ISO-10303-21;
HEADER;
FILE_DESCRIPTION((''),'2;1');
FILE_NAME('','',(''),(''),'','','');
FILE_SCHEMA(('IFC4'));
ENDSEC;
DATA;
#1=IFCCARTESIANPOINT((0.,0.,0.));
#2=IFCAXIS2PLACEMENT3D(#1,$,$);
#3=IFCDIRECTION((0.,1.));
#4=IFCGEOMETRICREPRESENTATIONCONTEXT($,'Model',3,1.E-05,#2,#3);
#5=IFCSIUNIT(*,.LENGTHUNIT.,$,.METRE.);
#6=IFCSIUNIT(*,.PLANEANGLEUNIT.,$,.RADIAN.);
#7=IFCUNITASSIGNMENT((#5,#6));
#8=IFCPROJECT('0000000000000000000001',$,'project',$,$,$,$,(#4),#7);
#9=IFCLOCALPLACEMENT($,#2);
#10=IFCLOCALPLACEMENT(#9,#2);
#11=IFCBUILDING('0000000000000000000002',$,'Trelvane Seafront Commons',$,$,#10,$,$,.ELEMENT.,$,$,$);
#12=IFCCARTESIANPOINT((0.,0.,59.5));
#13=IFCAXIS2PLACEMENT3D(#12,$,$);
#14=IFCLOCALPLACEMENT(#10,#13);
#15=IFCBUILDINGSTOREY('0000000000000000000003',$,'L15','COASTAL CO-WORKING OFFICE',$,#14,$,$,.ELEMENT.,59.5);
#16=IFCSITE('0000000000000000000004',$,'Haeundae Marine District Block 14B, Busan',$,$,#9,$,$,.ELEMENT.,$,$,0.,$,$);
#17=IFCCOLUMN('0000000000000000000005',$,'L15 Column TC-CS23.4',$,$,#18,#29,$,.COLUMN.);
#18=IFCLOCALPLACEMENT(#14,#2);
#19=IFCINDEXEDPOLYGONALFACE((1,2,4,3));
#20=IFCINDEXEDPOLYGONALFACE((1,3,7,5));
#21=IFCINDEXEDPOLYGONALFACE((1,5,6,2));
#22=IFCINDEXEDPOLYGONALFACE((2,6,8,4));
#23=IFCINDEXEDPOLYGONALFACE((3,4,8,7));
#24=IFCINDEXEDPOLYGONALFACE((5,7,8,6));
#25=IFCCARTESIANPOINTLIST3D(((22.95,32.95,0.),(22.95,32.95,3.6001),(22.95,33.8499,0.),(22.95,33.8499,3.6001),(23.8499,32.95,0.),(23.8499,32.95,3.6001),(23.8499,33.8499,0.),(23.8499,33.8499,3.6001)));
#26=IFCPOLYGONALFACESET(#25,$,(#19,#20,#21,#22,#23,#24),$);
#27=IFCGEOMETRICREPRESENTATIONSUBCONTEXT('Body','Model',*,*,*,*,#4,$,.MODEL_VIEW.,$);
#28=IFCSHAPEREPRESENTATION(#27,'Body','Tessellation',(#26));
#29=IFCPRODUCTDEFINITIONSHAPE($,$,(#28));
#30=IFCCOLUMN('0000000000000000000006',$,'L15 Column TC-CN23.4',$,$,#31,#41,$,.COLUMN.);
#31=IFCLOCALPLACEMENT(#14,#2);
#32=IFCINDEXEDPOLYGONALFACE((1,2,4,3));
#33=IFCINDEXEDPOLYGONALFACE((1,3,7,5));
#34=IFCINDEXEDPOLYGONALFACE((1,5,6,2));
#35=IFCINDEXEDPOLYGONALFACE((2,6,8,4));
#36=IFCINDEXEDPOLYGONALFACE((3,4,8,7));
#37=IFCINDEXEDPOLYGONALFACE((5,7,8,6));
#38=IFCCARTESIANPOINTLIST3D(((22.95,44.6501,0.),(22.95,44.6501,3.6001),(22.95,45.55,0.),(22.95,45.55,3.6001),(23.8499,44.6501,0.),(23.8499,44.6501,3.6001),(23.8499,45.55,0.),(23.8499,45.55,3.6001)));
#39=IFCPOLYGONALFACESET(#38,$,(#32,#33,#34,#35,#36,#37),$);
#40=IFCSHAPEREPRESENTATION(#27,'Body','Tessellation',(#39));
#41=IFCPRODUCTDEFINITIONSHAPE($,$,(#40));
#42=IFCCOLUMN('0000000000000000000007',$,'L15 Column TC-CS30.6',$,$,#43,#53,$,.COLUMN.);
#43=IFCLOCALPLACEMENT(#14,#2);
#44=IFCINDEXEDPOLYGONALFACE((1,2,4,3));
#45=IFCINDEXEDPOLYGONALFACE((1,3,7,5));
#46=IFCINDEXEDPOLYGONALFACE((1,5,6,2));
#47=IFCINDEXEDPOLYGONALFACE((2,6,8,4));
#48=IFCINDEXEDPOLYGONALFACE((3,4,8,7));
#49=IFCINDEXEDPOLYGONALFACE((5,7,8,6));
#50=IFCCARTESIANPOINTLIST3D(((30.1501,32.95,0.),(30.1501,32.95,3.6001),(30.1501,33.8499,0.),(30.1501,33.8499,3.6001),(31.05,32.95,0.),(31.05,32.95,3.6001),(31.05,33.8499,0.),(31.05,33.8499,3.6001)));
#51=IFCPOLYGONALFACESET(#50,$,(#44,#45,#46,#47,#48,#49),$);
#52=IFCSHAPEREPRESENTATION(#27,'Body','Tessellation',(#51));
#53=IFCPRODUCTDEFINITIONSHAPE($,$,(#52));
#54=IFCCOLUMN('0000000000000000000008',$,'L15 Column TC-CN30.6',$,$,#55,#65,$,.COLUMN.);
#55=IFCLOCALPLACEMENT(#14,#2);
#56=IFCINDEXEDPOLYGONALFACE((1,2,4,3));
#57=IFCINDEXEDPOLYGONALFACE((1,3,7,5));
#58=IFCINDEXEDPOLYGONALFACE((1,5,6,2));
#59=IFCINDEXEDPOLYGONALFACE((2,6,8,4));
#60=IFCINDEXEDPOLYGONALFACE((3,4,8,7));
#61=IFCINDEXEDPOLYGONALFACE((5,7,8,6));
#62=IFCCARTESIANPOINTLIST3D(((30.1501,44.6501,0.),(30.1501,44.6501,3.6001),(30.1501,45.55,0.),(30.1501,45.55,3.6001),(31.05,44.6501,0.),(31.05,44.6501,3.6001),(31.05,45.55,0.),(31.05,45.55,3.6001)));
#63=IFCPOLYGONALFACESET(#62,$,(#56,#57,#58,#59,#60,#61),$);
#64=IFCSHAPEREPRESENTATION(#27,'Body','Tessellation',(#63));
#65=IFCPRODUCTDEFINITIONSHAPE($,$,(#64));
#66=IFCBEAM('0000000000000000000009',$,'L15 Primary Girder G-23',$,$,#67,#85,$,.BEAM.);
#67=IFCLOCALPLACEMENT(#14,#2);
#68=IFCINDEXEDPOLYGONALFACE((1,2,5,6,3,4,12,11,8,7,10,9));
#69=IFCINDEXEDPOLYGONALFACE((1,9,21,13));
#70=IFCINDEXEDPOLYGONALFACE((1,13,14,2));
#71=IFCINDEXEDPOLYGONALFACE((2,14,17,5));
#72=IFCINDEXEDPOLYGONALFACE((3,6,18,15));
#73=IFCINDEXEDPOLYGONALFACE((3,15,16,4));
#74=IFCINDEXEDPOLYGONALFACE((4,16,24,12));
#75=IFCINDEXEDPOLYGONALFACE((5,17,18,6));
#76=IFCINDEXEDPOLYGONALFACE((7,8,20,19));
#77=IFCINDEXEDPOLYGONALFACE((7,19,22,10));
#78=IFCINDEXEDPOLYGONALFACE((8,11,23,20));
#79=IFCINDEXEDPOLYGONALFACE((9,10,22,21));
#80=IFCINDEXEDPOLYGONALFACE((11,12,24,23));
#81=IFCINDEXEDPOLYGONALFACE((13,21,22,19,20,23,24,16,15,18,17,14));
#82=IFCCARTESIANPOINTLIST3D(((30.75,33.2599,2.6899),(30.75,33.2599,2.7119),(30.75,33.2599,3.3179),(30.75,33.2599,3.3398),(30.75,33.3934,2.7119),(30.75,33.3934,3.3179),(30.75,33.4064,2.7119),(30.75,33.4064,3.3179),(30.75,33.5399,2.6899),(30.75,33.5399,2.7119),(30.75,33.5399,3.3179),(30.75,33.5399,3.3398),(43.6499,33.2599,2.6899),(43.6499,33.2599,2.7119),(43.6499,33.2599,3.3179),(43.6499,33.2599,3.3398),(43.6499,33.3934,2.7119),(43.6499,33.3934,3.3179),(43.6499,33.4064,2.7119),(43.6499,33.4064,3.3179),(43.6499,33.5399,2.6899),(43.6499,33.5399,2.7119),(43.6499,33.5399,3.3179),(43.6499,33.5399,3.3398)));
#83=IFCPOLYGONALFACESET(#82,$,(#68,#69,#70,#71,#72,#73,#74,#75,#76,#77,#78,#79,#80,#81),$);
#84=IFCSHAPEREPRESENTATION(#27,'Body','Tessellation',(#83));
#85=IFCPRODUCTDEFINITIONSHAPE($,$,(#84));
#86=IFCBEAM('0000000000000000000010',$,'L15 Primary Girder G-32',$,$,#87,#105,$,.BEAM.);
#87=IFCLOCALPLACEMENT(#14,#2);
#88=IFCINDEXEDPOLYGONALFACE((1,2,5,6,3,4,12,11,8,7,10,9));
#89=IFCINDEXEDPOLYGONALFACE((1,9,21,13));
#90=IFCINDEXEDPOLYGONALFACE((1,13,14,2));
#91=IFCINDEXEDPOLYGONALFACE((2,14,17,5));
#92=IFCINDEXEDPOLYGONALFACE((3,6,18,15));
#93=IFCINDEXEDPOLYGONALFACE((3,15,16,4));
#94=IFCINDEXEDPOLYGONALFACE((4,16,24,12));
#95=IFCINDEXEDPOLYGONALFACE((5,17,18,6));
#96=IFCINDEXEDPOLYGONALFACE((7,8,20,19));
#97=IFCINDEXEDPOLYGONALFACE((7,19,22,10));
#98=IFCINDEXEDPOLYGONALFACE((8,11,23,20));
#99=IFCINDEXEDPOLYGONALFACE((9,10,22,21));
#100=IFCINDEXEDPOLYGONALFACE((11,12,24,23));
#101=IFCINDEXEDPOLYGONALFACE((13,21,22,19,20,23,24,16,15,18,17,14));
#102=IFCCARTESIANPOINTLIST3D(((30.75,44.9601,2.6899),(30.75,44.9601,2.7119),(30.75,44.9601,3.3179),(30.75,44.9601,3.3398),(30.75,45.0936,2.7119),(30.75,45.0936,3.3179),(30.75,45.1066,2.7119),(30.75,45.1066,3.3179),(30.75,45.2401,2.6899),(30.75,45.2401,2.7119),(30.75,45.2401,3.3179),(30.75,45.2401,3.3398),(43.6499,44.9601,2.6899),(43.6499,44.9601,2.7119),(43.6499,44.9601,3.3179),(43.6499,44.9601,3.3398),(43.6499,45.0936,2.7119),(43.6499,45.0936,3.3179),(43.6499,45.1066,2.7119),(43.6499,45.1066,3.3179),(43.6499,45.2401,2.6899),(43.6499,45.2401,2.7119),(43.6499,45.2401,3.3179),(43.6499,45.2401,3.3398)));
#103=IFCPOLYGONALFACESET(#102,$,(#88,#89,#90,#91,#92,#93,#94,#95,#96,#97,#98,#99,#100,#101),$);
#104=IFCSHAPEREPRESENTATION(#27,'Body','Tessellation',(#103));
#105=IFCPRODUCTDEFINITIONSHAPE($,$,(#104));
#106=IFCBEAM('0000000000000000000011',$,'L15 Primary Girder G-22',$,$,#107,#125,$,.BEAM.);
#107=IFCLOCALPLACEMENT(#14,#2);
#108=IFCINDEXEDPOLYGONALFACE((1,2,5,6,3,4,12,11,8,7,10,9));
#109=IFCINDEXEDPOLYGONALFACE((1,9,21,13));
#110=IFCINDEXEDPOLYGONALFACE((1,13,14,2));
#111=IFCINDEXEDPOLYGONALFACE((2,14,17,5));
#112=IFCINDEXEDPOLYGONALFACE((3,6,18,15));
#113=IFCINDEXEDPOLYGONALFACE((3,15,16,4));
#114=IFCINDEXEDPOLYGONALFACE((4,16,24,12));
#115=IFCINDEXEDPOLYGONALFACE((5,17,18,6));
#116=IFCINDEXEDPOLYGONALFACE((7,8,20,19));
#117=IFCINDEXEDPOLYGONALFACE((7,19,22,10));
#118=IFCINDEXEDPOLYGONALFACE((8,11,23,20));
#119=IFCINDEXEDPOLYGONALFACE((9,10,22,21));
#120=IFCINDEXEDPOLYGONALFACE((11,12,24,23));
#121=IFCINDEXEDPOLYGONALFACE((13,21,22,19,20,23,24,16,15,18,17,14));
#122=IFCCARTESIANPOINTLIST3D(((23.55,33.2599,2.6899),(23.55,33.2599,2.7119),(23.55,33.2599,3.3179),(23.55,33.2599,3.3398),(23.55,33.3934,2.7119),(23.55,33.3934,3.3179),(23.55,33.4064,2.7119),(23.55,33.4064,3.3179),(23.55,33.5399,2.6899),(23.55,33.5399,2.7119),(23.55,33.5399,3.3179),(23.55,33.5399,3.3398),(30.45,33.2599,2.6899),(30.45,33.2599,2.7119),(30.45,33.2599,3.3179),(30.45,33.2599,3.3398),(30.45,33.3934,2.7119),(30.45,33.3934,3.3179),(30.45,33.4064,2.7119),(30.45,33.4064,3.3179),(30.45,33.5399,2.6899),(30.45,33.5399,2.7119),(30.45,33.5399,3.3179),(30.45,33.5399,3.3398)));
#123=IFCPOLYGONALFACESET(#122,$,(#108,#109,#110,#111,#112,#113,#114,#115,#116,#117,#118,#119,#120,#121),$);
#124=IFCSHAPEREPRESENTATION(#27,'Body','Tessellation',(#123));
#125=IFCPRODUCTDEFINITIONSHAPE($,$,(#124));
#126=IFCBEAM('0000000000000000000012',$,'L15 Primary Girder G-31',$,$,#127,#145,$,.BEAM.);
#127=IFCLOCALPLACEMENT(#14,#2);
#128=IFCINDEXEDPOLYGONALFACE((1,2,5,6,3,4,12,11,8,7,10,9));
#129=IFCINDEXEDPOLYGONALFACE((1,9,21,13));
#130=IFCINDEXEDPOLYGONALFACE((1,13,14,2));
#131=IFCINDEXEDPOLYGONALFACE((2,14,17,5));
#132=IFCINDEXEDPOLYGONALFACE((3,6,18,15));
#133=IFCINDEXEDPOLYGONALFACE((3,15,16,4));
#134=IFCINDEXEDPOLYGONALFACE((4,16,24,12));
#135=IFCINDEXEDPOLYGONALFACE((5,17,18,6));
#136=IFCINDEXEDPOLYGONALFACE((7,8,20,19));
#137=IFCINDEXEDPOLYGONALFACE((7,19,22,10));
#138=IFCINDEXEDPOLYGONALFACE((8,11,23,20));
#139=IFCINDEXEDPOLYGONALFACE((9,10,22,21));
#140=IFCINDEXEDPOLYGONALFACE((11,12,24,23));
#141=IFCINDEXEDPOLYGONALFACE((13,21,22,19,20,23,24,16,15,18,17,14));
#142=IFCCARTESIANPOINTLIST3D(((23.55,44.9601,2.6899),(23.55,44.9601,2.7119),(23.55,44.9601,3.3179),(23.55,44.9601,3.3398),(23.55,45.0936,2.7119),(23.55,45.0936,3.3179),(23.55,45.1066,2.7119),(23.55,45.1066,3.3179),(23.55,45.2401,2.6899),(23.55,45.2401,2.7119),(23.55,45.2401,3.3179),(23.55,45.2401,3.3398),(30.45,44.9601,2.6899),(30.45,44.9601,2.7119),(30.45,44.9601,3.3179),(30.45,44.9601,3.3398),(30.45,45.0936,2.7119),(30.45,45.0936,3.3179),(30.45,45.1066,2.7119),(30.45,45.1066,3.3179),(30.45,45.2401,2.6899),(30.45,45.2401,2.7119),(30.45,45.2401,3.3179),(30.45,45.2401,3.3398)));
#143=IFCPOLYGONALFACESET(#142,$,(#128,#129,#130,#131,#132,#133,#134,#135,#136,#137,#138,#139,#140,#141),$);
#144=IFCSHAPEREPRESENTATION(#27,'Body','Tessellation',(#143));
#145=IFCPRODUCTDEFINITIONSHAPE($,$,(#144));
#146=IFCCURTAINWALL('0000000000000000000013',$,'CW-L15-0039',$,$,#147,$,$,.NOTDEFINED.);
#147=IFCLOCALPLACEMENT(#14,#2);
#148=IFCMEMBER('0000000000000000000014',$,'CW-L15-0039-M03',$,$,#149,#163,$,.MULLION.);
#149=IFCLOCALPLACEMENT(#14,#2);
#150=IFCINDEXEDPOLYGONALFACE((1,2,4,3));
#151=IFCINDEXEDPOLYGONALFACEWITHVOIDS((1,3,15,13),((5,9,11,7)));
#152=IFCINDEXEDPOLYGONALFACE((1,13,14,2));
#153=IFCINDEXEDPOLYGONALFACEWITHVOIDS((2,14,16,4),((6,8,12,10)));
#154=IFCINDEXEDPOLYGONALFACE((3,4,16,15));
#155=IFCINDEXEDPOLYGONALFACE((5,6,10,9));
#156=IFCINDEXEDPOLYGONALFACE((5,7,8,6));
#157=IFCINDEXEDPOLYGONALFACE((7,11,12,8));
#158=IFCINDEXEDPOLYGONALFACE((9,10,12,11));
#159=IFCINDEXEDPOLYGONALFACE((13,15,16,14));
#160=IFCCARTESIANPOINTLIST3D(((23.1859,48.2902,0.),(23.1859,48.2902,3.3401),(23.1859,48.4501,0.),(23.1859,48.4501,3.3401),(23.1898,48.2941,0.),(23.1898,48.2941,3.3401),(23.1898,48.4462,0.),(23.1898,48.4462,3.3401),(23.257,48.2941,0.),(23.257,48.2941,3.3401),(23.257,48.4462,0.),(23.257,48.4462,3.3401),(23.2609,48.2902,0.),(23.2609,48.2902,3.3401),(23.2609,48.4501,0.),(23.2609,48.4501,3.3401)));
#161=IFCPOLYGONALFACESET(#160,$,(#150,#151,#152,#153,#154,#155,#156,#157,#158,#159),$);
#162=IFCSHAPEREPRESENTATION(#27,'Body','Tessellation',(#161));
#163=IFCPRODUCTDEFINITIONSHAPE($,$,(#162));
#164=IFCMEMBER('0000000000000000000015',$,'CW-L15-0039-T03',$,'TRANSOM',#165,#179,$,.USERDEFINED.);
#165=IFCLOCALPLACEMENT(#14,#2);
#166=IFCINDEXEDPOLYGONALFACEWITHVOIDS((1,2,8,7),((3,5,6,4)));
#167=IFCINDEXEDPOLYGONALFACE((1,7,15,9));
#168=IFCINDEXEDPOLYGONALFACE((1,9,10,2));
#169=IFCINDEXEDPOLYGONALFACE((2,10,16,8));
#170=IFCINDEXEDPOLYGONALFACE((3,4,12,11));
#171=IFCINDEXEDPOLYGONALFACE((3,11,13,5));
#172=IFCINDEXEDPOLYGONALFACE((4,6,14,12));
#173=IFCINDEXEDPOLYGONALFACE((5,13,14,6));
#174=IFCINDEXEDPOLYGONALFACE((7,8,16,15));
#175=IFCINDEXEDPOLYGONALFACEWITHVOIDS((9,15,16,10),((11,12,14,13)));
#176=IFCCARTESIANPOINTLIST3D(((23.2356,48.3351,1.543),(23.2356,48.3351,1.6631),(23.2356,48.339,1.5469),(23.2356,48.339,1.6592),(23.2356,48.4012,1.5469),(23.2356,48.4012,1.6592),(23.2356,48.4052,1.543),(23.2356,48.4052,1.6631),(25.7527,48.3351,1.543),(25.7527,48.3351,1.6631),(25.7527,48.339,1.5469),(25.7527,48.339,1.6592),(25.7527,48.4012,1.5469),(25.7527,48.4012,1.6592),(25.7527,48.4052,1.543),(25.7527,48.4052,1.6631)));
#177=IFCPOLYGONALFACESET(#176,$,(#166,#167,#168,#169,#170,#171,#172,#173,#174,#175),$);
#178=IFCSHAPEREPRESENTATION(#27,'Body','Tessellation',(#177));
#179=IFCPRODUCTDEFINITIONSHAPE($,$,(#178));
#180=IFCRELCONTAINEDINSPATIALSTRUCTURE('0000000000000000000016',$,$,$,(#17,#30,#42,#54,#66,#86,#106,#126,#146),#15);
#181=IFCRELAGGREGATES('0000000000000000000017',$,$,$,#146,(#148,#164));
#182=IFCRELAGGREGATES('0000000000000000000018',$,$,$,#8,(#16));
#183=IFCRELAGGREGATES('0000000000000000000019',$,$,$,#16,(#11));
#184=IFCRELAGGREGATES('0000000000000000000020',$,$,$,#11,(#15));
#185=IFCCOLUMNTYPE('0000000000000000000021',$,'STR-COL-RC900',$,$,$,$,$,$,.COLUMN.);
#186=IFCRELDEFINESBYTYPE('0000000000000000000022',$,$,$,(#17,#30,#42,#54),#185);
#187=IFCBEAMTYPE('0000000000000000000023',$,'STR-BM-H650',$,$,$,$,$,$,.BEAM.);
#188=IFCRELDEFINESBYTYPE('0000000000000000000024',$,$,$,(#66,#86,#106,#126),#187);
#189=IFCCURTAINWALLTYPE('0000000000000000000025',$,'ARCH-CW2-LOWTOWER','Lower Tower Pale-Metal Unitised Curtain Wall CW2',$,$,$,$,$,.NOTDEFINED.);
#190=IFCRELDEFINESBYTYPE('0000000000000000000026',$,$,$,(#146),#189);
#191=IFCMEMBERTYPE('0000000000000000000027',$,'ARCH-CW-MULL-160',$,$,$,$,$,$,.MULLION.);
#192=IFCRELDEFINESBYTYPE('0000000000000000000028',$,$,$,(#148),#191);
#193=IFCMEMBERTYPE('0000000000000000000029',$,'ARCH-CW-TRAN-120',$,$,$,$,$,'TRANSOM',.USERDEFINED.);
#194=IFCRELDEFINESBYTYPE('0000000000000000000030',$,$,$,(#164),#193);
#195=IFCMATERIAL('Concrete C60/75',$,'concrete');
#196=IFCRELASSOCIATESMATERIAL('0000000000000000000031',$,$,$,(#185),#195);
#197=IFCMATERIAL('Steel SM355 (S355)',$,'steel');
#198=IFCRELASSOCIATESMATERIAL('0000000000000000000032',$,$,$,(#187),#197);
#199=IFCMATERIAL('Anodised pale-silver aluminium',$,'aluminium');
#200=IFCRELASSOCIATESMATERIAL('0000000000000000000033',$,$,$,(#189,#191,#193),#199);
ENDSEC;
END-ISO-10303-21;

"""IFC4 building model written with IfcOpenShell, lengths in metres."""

from ifc_helpers import new_model, si_unit, direction, frame, origin, origin_2d, place, context, subcontext, project, spatial, rectangle, hollow_rectangle, i_section, extrude, source, transform, mapped, material, material_profile, profile_set, type_object, element, aggregate, save


model = new_model("IFC4")

# Units and contexts
model_context = context("Model", 3, precision=1e-05, world=origin(), true_north=direction((0.0, 1.0)))
body_context = subcontext(model_context, "Body", "Model", "MODEL_VIEW")
ifc_project = project(units=[si_unit("LENGTHUNIT", "METRE"), si_unit("PLANEANGLEUNIT", "RADIAN")], contexts=[model_context])

# Site, building, storey
site_placement = place(None, origin())
site = spatial("IfcSite", under=ifc_project, at=site_placement, Name="Haeundae Marine District Block 14B, Busan", CompositionType="ELEMENT", RefElevation=0.0)
building_placement = place(site_placement, origin())
building = spatial("IfcBuilding", under=site, at=building_placement, Name="Trelvane Seafront Commons", CompositionType="ELEMENT")
storey_placement = place(building_placement, frame((0.0, 0.0, 59.5)))
storey = spatial("IfcBuildingStorey", under=building, at=storey_placement, Name="L15", Description="COASTAL CO-WORKING OFFICE", CompositionType="ELEMENT", Elevation=59.5)

# Columns
ifc_material_1 = material(Name="Concrete C60/75", Category="concrete")
ifc_material_profile_1 = material_profile(ifc_material_1, rectangle(XDim=0.8999, YDim=0.8999, at=origin_2d()), Name="RC-900x900")
ifc_profile_set_1 = profile_set([ifc_material_profile_1], Name="Concrete C60/75")
column_type = type_object("IfcColumnType", Name="STR-COL-RC900", PredefinedType="COLUMN", material=ifc_profile_set_1)
shared_shape_1 = source(origin(), body_context, "Body", "SweptSolid", [
    extrude(rectangle(XDim=0.8999, YDim=0.8999, at=origin_2d()), origin(), (0.0, 0.0, 1.0), 3.6001),
])
for number, where, z_axis, x_axis, name in (
    (1, (23.3999, 33.3999, 0.0), (0.0, 0.0, 1.0), (1.0, 0.0, 0.0), "L15 Column TC-CS23.4"),
    (2, (23.3999, 45.1001, 0.0), (0.0, 0.0, 1.0), (1.0, 0.0, 0.0), "L15 Column TC-CN23.4"),
    (3, (30.6001, 33.3999, 0.0), (0.0, 0.0, 1.0), (1.0, 0.0, 0.0), "L15 Column TC-CS30.6"),
    (4, (30.6001, 45.1001, 0.0), (0.0, 0.0, 1.0), (1.0, 0.0, 0.0), "L15 Column TC-CN30.6"),
):
    element("IfcColumn", number, at=place(storey_placement, frame(where, z_axis=z_axis, x_axis=x_axis)), inside=storey, type_object=column_type, Name=name, PredefinedType="COLUMN", context=body_context, shape_type="MappedRepresentation", body=[
        mapped(shared_shape_1, transform((0.0, 0.0, 0.0), x_axis=(1.0, 0.0, 0.0), y_axis=(0.0, 1.0, 0.0), z_axis=(0.0, 0.0, 1.0), scale=1.0)),
    ])

# Beams
ifc_material_2 = material(Name="Steel SM355 (S355)", Category="steel")
ifc_material_profile_2 = material_profile(ifc_material_2, i_section(OverallWidth=0.28, OverallDepth=0.6499, WebThickness=0.0129, FlangeThickness=0.022, at=origin_2d()), Name="H-650x280x13x22")
ifc_profile_set_2 = profile_set([ifc_material_profile_2], Name="Steel SM355 (S355)")
beam_type = type_object("IfcBeamType", Name="STR-BM-H650", PredefinedType="BEAM", material=ifc_profile_set_2)
shared_shape_2 = source(origin(), body_context, "Body", "SweptSolid", [
    extrude(i_section(OverallWidth=0.28, OverallDepth=0.6499, WebThickness=0.0129, FlangeThickness=0.022, at=origin_2d()), origin(), (0.0, 0.0, 1.0), 12.8999),
])
for number, where, z_axis, x_axis, name in (
    (5, (30.75, 33.3999, 3.0149), (1.0, 0.0, 0.0), (0.0, 1.0, 0.0), "L15 Primary Girder G-23"),
    (6, (30.75, 45.1001, 3.0149), (1.0, 0.0, 0.0), (0.0, 1.0, 0.0), "L15 Primary Girder G-32"),
):
    element("IfcBeam", number, at=place(storey_placement, frame(where, z_axis=z_axis, x_axis=x_axis)), inside=storey, type_object=beam_type, Name=name, PredefinedType="BEAM", context=body_context, shape_type="MappedRepresentation", body=[
        mapped(shared_shape_2, transform((0.0, 0.0, 0.0), x_axis=(1.0, 0.0, 0.0), y_axis=(0.0, 1.0, 0.0), z_axis=(0.0, 0.0, 1.0), scale=1.0)),
    ])
shared_shape_3 = source(origin(), body_context, "Body", "SweptSolid", [
    extrude(i_section(OverallWidth=0.28, OverallDepth=0.6499, WebThickness=0.0129, FlangeThickness=0.022, at=origin_2d()), origin(), (0.0, 0.0, 1.0), 6.8999),
])
for number, where, z_axis, x_axis, name in (
    (7, (23.55, 33.3999, 3.0149), (1.0, 0.0, 0.0), (0.0, 1.0, 0.0), "L15 Primary Girder G-22"),
    (8, (23.55, 45.1001, 3.0149), (1.0, 0.0, 0.0), (0.0, 1.0, 0.0), "L15 Primary Girder G-31"),
):
    element("IfcBeam", number, at=place(storey_placement, frame(where, z_axis=z_axis, x_axis=x_axis)), inside=storey, type_object=beam_type, Name=name, PredefinedType="BEAM", context=body_context, shape_type="MappedRepresentation", body=[
        mapped(shared_shape_3, transform((0.0, 0.0, 0.0), x_axis=(1.0, 0.0, 0.0), y_axis=(0.0, 1.0, 0.0), z_axis=(0.0, 0.0, 1.0), scale=1.0)),
    ])

# Curtain wall, members
ifc_material_3 = material(Name="Anodised pale-silver aluminium", Category="aluminium")
curtain_wall_type = type_object("IfcCurtainWallType", Name="ARCH-CW2-LOWTOWER", Description="Lower Tower Pale-Metal Unitised Curtain Wall CW2", PredefinedType="NOTDEFINED", material=ifc_material_3)
curtain_wall_placement = place(storey_placement, origin())
curtain_wall = element("IfcCurtainWall", 9, at=curtain_wall_placement, inside=storey, type_object=curtain_wall_type, Name="CW-L15-0039", PredefinedType="NOTDEFINED")
ifc_material_profile_3 = material_profile(ifc_material_3, hollow_rectangle(XDim=0.075, YDim=0.1599, WallThickness=0.0039, at=origin_2d()), Name="MULL-75x160x4")
ifc_profile_set_3 = profile_set([ifc_material_profile_3], Name="Anodised pale-silver aluminium")
member_type_1 = type_object("IfcMemberType", Name="ARCH-CW-MULL-160", PredefinedType="MULLION", material=ifc_profile_set_3)
shared_shape_4 = source(origin(), body_context, "Body", "SweptSolid", [
    extrude(hollow_rectangle(XDim=0.075, YDim=0.1599, WallThickness=0.0039, at=origin_2d()), origin(), (0.0, 0.0, 1.0), 3.3401),
])
member_1_placement = place(storey_placement, frame((23.2234, 48.3701, 0.0), z_axis=(0.0, 0.0, 1.0), x_axis=(1.0, 0.0, 0.0)))
member_1 = element("IfcMember", 10, at=member_1_placement, type_object=member_type_1, Name="CW-L15-0039-M03", PredefinedType="MULLION", context=body_context, shape_type="MappedRepresentation", body=[
    mapped(shared_shape_4, transform((0.0, 0.0, 0.0), x_axis=(1.0, 0.0, 0.0), y_axis=(0.0, 1.0, 0.0), z_axis=(0.0, 0.0, 1.0), scale=1.0)),
])
ifc_material_profile_4 = material_profile(ifc_material_3, hollow_rectangle(XDim=0.0701, YDim=0.1201, WallThickness=0.0039, at=origin_2d()), Name="TRAN-70x120x4")
ifc_profile_set_4 = profile_set([ifc_material_profile_4], Name="Anodised pale-silver aluminium")
member_type_2 = type_object("IfcMemberType", Name="ARCH-CW-TRAN-120", ElementType="TRANSOM", PredefinedType="USERDEFINED", material=ifc_profile_set_4)
shared_shape_5 = source(origin(), body_context, "Body", "SweptSolid", [
    extrude(hollow_rectangle(XDim=0.0701, YDim=0.1201, WallThickness=0.0039, at=origin_2d()), origin(), (0.0, 0.0, 1.0), 2.5171),
])
member_2_placement = place(storey_placement, frame((23.2356, 48.3701, 1.603), z_axis=(1.0, 0.0, 0.0), x_axis=(0.0, 1.0, 0.0)))
member_2 = element("IfcMember", 11, at=member_2_placement, type_object=member_type_2, Name="CW-L15-0039-T03", ObjectType="TRANSOM", PredefinedType="USERDEFINED", context=body_context, shape_type="MappedRepresentation", body=[
    mapped(shared_shape_5, transform((0.0, 0.0, 0.0), x_axis=(1.0, 0.0, 0.0), y_axis=(0.0, 1.0, 0.0), z_axis=(0.0, 0.0, 1.0), scale=1.0)),
])
aggregate(curtain_wall, [member_1, member_2])

save(model, "model.ifc")
